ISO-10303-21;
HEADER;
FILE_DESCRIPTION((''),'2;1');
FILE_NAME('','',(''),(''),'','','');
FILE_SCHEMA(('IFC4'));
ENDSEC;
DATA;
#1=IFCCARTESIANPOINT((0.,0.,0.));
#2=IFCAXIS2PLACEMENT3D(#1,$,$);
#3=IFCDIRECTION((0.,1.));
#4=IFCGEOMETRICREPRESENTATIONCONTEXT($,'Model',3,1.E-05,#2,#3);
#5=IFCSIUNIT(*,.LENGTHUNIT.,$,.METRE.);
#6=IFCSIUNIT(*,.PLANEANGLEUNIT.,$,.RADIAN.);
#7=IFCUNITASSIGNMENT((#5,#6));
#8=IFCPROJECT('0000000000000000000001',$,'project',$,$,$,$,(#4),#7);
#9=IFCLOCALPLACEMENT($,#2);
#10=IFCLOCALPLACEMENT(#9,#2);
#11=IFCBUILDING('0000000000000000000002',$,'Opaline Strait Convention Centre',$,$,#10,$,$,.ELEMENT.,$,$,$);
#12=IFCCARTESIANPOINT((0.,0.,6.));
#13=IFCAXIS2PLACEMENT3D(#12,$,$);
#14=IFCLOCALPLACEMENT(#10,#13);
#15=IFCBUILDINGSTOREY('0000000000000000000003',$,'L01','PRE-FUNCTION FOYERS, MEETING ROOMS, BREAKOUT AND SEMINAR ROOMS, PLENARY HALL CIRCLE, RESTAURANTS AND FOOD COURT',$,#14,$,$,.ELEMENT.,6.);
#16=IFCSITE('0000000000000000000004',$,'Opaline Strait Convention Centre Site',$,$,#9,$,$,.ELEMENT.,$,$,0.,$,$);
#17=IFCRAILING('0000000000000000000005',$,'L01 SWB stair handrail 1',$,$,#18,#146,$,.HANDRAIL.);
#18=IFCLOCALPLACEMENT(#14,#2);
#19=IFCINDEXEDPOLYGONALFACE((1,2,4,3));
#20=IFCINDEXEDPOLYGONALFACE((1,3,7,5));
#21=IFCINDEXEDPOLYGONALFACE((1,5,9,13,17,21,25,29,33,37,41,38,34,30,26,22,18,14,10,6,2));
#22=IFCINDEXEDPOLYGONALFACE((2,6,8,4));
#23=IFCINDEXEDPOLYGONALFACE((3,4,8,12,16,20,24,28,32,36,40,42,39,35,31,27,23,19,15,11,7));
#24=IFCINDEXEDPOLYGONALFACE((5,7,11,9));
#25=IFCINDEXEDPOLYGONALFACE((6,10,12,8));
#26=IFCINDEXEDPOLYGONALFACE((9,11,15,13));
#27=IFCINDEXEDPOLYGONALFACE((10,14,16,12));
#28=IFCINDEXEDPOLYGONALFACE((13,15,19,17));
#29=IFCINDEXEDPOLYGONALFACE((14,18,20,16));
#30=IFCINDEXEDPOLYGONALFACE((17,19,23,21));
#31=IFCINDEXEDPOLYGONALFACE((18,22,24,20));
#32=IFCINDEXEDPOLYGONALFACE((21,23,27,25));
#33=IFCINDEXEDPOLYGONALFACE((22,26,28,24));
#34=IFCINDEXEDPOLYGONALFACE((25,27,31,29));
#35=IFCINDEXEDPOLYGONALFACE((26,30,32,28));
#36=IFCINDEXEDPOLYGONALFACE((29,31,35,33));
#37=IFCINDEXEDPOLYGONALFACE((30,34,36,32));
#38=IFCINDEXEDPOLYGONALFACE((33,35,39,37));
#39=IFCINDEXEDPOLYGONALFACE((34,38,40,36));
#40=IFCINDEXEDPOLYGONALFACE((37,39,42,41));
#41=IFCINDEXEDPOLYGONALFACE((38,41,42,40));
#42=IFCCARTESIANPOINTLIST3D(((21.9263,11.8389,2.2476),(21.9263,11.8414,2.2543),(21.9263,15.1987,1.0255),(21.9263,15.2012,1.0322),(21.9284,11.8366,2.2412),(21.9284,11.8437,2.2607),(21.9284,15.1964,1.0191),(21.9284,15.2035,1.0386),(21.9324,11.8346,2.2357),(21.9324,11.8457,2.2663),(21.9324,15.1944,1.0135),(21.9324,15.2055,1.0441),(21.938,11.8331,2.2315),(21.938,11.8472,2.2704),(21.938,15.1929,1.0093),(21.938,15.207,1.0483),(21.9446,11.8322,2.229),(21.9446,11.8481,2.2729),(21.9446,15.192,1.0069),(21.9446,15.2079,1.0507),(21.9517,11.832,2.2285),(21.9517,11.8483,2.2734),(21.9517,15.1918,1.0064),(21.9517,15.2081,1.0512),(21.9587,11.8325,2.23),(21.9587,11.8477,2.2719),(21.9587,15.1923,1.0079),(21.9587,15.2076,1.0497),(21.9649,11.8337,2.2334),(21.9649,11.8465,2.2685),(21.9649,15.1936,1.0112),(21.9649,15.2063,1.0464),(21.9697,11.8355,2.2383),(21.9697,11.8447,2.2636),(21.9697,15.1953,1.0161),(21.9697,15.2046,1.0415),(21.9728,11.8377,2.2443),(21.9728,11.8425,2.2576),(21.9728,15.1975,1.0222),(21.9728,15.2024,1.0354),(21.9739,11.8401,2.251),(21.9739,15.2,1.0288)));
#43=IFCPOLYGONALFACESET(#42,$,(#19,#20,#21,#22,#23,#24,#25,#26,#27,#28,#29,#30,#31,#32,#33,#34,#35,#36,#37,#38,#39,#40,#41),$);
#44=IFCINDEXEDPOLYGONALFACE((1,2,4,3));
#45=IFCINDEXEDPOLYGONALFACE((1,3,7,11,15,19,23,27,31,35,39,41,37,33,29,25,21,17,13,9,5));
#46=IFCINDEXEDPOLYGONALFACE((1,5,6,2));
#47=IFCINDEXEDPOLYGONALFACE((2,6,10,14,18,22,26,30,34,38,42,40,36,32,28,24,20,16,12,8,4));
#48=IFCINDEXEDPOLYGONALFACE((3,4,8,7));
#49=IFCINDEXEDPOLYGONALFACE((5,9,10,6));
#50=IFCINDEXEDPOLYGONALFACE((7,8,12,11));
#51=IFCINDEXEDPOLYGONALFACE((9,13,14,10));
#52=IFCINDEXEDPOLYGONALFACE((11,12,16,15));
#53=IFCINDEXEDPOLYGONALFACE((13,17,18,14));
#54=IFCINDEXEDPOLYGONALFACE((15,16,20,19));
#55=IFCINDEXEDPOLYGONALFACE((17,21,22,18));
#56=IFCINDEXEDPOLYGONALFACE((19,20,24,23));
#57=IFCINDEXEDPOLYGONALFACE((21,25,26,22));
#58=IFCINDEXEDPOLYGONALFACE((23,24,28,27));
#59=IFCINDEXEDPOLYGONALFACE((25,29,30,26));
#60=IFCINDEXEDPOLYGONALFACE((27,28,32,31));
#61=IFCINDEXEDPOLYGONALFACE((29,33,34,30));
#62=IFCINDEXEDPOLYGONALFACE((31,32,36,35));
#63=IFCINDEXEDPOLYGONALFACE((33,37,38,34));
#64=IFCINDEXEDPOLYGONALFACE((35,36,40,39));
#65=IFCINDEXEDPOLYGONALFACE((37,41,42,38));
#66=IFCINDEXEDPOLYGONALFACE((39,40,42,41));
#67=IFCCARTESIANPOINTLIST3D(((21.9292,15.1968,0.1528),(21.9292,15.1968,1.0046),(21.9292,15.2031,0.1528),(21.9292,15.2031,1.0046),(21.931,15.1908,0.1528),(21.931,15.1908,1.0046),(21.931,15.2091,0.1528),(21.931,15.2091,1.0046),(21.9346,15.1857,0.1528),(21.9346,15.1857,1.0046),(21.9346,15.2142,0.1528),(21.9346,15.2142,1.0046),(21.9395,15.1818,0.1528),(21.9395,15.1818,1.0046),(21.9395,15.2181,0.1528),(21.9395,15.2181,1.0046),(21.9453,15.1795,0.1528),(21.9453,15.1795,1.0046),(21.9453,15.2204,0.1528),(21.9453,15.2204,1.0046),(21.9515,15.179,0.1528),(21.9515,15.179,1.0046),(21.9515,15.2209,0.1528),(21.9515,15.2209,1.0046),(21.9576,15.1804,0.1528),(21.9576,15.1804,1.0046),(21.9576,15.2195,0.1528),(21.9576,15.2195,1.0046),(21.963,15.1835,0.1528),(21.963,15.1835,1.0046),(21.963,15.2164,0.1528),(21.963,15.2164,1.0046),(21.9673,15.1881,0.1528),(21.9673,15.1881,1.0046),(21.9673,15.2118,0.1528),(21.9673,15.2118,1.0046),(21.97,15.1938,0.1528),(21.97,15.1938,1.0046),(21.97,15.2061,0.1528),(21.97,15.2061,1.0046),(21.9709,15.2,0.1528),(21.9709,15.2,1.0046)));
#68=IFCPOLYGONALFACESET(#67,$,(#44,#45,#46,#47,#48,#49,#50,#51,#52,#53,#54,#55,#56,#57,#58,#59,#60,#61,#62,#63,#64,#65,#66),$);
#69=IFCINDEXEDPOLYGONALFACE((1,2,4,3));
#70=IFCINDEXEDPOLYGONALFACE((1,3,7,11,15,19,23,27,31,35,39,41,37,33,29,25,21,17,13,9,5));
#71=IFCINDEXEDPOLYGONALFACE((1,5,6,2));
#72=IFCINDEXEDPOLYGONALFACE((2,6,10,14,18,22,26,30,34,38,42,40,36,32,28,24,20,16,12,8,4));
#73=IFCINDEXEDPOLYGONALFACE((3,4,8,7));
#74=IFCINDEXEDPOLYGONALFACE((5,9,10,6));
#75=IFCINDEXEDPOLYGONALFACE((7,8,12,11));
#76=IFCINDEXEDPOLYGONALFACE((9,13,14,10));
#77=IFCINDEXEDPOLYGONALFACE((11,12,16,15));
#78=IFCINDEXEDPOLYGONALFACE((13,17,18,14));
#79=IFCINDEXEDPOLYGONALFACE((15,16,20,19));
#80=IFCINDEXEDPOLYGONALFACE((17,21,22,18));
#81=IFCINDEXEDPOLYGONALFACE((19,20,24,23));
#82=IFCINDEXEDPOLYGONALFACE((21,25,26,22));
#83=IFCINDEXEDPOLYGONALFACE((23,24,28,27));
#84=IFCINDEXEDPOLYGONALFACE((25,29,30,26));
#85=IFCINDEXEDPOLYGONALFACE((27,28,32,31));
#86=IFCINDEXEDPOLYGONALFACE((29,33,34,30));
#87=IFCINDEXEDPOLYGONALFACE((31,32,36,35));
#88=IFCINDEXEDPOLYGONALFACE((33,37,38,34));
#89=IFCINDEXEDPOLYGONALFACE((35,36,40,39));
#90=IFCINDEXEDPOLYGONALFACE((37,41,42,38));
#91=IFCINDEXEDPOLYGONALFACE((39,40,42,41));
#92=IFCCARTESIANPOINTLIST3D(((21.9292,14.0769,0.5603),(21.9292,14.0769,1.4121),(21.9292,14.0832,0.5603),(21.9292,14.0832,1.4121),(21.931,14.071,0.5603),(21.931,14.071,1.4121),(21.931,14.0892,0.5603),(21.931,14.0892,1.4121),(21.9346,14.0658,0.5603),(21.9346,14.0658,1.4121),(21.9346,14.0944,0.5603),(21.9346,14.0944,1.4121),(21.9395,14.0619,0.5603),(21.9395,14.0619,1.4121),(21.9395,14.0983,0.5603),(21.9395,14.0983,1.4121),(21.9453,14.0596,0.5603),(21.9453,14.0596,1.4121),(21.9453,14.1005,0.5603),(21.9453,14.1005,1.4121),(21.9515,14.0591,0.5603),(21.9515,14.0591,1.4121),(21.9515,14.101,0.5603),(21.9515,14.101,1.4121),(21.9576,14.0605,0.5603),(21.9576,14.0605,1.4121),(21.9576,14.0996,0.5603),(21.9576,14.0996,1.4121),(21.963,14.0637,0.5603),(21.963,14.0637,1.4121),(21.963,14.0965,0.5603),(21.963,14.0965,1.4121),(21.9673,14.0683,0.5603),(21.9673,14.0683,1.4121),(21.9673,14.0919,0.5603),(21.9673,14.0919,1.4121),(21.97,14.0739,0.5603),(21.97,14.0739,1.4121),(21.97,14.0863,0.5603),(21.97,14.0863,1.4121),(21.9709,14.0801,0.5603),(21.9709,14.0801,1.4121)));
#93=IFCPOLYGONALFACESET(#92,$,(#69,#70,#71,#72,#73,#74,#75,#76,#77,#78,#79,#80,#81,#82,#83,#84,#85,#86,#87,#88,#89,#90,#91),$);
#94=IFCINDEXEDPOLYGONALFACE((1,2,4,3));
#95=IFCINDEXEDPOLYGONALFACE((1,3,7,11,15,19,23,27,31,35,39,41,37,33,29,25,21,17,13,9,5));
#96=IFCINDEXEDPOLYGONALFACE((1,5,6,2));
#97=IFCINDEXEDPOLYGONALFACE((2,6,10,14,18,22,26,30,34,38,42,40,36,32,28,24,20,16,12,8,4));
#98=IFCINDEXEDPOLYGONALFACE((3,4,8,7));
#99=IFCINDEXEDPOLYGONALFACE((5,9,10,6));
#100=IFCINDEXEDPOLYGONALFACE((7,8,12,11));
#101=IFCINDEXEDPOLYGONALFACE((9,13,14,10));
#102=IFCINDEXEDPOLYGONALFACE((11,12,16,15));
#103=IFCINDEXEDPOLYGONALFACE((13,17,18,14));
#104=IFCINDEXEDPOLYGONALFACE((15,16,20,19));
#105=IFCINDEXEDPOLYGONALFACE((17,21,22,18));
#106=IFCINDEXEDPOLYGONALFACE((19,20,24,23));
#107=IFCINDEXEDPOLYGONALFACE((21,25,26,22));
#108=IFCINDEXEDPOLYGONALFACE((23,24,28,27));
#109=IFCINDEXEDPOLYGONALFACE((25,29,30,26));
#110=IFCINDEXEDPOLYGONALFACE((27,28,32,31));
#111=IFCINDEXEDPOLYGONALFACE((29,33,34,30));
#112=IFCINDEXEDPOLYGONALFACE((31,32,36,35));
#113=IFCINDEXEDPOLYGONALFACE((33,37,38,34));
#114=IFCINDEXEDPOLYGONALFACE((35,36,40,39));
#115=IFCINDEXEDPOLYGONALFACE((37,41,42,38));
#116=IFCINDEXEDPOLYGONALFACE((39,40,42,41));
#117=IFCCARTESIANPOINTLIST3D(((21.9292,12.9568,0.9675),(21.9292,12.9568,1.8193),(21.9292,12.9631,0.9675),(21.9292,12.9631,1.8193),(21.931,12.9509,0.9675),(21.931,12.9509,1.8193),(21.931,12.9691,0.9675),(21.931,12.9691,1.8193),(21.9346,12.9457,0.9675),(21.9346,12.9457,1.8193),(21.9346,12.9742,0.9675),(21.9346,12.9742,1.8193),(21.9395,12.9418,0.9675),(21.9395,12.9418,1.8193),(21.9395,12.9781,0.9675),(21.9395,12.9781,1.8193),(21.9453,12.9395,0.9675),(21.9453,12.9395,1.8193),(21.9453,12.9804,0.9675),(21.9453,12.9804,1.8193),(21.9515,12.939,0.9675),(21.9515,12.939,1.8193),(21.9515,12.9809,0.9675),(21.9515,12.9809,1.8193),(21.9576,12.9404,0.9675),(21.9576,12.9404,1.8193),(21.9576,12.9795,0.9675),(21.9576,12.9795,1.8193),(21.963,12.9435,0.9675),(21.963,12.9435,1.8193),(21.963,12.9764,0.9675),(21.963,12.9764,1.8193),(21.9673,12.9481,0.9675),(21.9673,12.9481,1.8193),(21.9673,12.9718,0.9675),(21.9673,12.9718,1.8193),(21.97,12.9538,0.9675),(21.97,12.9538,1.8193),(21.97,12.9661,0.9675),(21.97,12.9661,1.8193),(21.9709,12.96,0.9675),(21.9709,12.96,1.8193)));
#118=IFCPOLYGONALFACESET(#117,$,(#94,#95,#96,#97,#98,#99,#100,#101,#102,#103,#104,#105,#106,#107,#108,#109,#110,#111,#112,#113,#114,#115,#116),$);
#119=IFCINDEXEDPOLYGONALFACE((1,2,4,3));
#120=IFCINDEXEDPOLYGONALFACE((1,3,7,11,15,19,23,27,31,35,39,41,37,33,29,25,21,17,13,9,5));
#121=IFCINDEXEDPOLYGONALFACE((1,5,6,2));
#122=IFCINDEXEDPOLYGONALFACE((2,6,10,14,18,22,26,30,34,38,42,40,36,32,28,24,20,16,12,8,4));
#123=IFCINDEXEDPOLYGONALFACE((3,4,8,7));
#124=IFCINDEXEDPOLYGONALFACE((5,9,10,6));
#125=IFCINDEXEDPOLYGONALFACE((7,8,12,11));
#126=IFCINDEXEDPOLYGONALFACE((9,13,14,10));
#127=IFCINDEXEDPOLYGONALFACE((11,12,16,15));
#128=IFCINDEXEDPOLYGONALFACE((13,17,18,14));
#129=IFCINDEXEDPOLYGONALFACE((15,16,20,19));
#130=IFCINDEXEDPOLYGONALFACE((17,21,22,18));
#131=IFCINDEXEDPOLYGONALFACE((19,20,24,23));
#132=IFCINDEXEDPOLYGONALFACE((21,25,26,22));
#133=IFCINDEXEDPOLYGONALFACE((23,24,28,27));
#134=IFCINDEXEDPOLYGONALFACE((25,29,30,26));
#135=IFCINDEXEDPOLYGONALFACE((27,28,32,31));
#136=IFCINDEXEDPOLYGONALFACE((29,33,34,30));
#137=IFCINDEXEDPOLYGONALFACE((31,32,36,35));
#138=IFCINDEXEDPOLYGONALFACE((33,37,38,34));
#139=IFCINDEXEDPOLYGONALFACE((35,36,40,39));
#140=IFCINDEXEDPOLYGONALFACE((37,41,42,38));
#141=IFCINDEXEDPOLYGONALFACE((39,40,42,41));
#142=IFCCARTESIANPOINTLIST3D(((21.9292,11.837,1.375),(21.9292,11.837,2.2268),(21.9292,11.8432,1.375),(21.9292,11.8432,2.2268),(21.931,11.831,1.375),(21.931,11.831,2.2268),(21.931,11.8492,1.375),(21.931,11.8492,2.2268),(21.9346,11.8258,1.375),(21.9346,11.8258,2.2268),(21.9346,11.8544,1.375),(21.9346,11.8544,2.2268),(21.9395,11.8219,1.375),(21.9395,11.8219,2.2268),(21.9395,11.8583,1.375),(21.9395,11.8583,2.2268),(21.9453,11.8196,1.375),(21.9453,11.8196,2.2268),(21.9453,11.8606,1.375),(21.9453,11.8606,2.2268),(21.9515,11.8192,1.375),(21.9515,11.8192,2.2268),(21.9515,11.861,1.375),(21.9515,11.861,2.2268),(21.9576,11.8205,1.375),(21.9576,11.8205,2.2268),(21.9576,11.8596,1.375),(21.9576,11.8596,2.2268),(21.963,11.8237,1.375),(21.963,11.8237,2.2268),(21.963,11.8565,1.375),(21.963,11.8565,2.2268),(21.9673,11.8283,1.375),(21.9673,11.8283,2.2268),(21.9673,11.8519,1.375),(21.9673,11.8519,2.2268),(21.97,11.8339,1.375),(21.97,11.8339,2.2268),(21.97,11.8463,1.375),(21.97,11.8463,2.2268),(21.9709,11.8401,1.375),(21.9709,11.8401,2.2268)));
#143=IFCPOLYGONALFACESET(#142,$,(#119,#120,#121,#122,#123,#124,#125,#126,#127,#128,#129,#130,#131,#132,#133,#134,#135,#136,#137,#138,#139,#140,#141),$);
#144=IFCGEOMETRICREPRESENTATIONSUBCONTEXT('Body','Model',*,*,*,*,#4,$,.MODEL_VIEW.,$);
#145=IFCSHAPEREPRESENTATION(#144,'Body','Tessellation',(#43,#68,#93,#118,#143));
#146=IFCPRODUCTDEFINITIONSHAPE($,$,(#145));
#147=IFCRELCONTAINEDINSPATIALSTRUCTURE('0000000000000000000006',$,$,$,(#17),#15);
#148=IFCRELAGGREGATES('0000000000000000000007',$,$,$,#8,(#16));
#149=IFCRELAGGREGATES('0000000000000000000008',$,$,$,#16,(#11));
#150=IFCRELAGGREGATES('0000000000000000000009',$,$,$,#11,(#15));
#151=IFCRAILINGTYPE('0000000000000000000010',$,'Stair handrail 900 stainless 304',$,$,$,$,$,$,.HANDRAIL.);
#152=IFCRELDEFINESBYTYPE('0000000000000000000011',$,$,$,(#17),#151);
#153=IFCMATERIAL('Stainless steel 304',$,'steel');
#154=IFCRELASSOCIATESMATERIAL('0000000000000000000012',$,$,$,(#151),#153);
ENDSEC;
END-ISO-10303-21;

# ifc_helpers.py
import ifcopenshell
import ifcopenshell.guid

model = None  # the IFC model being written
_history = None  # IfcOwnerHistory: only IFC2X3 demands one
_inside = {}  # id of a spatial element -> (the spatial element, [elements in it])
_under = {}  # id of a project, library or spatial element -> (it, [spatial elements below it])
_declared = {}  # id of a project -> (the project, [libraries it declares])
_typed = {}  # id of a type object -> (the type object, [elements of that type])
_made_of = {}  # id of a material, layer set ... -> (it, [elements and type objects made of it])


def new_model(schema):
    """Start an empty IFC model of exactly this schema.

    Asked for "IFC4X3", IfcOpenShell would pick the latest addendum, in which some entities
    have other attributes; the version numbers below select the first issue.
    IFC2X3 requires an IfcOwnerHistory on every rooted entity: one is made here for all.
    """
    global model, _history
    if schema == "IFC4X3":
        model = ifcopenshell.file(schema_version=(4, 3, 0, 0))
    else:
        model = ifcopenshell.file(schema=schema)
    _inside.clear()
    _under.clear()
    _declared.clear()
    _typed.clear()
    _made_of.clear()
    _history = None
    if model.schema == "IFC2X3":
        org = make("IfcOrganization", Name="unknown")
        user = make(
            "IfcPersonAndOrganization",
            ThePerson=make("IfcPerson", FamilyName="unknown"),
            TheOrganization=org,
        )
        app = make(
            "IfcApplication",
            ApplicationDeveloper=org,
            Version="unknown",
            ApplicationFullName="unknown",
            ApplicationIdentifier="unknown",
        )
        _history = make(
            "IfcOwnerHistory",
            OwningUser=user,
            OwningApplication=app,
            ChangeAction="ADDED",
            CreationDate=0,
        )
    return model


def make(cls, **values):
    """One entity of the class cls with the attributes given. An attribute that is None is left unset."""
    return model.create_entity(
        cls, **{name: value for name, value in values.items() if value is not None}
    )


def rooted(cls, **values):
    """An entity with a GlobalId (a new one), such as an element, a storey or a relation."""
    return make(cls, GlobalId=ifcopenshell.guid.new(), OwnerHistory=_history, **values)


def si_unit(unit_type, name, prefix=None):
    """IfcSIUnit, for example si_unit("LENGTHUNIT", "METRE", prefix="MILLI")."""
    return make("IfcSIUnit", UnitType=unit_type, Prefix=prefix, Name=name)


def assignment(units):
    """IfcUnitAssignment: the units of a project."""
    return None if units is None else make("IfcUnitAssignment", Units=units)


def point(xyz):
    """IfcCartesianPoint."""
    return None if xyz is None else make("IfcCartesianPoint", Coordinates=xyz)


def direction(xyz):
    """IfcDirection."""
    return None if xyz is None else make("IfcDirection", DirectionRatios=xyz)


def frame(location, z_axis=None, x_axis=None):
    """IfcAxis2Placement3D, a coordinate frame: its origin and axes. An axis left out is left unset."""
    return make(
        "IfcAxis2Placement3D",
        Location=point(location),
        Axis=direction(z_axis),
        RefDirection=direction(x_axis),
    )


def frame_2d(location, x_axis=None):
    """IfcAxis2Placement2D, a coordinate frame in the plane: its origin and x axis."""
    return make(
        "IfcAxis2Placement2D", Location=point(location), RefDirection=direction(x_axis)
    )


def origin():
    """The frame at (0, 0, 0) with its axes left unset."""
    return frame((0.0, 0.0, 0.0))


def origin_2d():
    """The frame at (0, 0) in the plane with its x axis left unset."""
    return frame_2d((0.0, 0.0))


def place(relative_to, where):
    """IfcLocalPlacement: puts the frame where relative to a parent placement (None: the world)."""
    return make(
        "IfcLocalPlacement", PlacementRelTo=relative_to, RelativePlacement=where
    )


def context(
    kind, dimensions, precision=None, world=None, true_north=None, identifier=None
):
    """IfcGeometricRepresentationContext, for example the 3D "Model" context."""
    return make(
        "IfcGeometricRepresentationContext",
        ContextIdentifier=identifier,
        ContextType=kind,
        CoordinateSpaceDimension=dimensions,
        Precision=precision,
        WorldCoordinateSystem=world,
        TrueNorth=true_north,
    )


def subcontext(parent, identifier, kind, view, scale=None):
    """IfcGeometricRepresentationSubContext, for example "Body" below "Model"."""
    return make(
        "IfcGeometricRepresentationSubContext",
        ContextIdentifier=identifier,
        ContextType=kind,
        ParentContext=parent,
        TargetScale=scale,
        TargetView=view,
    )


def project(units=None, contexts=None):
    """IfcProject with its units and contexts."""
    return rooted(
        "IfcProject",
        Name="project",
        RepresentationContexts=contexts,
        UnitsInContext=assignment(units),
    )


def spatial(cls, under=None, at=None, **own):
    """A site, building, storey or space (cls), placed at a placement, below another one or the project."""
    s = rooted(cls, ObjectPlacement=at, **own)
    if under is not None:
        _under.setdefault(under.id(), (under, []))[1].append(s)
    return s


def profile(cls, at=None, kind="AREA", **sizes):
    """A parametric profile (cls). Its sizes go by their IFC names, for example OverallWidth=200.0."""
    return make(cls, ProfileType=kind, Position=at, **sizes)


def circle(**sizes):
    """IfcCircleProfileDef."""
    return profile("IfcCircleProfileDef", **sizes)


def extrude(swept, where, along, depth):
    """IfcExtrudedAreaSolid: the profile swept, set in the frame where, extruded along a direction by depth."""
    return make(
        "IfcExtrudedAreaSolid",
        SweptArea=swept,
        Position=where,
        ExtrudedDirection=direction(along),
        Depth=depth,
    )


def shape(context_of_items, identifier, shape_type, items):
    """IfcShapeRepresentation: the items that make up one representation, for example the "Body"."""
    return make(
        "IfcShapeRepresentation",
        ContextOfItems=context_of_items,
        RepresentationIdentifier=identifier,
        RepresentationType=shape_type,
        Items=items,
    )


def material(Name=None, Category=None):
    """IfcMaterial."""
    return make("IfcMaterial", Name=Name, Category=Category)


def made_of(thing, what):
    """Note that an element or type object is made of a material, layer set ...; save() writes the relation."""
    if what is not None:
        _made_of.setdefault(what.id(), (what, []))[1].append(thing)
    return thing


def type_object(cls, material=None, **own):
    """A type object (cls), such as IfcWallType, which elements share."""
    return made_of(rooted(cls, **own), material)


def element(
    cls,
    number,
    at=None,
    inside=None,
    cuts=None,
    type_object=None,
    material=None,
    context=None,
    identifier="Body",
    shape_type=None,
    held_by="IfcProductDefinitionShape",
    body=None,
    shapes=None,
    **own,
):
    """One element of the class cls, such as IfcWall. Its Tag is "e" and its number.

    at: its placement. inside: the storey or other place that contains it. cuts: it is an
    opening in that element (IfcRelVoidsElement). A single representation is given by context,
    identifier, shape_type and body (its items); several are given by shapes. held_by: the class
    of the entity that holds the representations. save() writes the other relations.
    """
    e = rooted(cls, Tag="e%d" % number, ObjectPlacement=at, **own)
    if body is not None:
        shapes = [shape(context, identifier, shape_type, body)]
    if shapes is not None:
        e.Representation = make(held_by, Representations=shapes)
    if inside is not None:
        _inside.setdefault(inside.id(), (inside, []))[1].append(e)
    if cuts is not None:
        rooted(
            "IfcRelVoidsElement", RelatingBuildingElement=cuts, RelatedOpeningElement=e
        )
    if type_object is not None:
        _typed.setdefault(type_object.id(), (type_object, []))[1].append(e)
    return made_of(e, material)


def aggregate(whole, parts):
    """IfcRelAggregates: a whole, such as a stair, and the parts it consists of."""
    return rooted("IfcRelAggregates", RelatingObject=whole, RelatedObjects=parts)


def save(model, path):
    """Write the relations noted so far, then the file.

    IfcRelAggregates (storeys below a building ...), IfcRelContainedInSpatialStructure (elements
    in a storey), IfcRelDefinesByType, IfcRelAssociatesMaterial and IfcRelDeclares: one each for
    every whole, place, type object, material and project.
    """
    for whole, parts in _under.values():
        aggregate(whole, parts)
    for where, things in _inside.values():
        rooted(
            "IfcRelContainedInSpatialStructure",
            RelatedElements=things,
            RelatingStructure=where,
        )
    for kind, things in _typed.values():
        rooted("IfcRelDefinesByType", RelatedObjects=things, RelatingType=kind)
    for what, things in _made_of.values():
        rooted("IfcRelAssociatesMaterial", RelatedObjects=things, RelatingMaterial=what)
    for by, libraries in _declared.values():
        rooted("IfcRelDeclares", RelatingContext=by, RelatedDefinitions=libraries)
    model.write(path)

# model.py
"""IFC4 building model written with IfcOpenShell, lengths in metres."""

from ifc_helpers import new_model, si_unit, direction, frame, origin, origin_2d, place, context, subcontext, project, spatial, circle, extrude, material, type_object, element, save


model = new_model("IFC4")

# Units and contexts
model_context = context("Model", 3, precision=1e-05, world=origin(), true_north=direction((0.0, 1.0)))
body_context = subcontext(model_context, "Body", "Model", "MODEL_VIEW")
ifc_project = project(units=[si_unit("LENGTHUNIT", "METRE"), si_unit("PLANEANGLEUNIT", "RADIAN")], contexts=[model_context])

# Site, building, storey
site_placement = place(None, origin())
site = spatial("IfcSite", under=ifc_project, at=site_placement, Name="Opaline Strait Convention Centre Site", CompositionType="ELEMENT", RefElevation=0.0)
building_placement = place(site_placement, origin())
building = spatial("IfcBuilding", under=site, at=building_placement, Name="Opaline Strait Convention Centre", CompositionType="ELEMENT")
storey_placement = place(building_placement, frame((0.0, 0.0, 6.0)))
storey = spatial("IfcBuildingStorey", under=building, at=storey_placement, Name="L01", Description="PRE-FUNCTION FOYERS, MEETING ROOMS, BREAKOUT AND SEMINAR ROOMS, PLENARY HALL CIRCLE, RESTAURANTS AND FOOD COURT", CompositionType="ELEMENT", Elevation=6.0)

# Railing
ifc_material_1 = material(Name="Stainless steel 304", Category="steel")
railing_type_1 = type_object("IfcRailingType", Name="Stair handrail 900 stainless 304", PredefinedType="HANDRAIL", material=ifc_material_1)
railing_1_placement = place(storey_placement, frame((21.95, 15.2, 0.1528)))
element("IfcRailing", 1, at=railing_1_placement, inside=storey, type_object=railing_type_1, Name="L01 SWB stair handrail 1", PredefinedType="HANDRAIL", context=body_context, shape_type="SweptSolid", body=[
    extrude(circle(Radius=0.0239, at=origin_2d()), frame((0.0, 0.0, 0.876), z_axis=(0.0, -0.939758, 0.341842), x_axis=(1.0, 0.0, 0.0)), (0.0, 0.0, 1.0), 3.5752),
    extrude(circle(Radius=0.021, at=origin_2d()), origin(), (0.0, 0.0, 1.0), 0.8518),
    extrude(circle(Radius=0.021, at=origin_2d()), frame((0.0, -1.1199, 0.4075)), (0.0, 0.0, 1.0), 0.8518),
    extrude(circle(Radius=0.021, at=origin_2d()), frame((0.0, -2.24, 0.8147)), (0.0, 0.0, 1.0), 0.8518),
    extrude(circle(Radius=0.021, at=origin_2d()), frame((0.0, -3.3599, 1.2222)), (0.0, 0.0, 1.0), 0.8518),
])

save(model, "model.ifc")
